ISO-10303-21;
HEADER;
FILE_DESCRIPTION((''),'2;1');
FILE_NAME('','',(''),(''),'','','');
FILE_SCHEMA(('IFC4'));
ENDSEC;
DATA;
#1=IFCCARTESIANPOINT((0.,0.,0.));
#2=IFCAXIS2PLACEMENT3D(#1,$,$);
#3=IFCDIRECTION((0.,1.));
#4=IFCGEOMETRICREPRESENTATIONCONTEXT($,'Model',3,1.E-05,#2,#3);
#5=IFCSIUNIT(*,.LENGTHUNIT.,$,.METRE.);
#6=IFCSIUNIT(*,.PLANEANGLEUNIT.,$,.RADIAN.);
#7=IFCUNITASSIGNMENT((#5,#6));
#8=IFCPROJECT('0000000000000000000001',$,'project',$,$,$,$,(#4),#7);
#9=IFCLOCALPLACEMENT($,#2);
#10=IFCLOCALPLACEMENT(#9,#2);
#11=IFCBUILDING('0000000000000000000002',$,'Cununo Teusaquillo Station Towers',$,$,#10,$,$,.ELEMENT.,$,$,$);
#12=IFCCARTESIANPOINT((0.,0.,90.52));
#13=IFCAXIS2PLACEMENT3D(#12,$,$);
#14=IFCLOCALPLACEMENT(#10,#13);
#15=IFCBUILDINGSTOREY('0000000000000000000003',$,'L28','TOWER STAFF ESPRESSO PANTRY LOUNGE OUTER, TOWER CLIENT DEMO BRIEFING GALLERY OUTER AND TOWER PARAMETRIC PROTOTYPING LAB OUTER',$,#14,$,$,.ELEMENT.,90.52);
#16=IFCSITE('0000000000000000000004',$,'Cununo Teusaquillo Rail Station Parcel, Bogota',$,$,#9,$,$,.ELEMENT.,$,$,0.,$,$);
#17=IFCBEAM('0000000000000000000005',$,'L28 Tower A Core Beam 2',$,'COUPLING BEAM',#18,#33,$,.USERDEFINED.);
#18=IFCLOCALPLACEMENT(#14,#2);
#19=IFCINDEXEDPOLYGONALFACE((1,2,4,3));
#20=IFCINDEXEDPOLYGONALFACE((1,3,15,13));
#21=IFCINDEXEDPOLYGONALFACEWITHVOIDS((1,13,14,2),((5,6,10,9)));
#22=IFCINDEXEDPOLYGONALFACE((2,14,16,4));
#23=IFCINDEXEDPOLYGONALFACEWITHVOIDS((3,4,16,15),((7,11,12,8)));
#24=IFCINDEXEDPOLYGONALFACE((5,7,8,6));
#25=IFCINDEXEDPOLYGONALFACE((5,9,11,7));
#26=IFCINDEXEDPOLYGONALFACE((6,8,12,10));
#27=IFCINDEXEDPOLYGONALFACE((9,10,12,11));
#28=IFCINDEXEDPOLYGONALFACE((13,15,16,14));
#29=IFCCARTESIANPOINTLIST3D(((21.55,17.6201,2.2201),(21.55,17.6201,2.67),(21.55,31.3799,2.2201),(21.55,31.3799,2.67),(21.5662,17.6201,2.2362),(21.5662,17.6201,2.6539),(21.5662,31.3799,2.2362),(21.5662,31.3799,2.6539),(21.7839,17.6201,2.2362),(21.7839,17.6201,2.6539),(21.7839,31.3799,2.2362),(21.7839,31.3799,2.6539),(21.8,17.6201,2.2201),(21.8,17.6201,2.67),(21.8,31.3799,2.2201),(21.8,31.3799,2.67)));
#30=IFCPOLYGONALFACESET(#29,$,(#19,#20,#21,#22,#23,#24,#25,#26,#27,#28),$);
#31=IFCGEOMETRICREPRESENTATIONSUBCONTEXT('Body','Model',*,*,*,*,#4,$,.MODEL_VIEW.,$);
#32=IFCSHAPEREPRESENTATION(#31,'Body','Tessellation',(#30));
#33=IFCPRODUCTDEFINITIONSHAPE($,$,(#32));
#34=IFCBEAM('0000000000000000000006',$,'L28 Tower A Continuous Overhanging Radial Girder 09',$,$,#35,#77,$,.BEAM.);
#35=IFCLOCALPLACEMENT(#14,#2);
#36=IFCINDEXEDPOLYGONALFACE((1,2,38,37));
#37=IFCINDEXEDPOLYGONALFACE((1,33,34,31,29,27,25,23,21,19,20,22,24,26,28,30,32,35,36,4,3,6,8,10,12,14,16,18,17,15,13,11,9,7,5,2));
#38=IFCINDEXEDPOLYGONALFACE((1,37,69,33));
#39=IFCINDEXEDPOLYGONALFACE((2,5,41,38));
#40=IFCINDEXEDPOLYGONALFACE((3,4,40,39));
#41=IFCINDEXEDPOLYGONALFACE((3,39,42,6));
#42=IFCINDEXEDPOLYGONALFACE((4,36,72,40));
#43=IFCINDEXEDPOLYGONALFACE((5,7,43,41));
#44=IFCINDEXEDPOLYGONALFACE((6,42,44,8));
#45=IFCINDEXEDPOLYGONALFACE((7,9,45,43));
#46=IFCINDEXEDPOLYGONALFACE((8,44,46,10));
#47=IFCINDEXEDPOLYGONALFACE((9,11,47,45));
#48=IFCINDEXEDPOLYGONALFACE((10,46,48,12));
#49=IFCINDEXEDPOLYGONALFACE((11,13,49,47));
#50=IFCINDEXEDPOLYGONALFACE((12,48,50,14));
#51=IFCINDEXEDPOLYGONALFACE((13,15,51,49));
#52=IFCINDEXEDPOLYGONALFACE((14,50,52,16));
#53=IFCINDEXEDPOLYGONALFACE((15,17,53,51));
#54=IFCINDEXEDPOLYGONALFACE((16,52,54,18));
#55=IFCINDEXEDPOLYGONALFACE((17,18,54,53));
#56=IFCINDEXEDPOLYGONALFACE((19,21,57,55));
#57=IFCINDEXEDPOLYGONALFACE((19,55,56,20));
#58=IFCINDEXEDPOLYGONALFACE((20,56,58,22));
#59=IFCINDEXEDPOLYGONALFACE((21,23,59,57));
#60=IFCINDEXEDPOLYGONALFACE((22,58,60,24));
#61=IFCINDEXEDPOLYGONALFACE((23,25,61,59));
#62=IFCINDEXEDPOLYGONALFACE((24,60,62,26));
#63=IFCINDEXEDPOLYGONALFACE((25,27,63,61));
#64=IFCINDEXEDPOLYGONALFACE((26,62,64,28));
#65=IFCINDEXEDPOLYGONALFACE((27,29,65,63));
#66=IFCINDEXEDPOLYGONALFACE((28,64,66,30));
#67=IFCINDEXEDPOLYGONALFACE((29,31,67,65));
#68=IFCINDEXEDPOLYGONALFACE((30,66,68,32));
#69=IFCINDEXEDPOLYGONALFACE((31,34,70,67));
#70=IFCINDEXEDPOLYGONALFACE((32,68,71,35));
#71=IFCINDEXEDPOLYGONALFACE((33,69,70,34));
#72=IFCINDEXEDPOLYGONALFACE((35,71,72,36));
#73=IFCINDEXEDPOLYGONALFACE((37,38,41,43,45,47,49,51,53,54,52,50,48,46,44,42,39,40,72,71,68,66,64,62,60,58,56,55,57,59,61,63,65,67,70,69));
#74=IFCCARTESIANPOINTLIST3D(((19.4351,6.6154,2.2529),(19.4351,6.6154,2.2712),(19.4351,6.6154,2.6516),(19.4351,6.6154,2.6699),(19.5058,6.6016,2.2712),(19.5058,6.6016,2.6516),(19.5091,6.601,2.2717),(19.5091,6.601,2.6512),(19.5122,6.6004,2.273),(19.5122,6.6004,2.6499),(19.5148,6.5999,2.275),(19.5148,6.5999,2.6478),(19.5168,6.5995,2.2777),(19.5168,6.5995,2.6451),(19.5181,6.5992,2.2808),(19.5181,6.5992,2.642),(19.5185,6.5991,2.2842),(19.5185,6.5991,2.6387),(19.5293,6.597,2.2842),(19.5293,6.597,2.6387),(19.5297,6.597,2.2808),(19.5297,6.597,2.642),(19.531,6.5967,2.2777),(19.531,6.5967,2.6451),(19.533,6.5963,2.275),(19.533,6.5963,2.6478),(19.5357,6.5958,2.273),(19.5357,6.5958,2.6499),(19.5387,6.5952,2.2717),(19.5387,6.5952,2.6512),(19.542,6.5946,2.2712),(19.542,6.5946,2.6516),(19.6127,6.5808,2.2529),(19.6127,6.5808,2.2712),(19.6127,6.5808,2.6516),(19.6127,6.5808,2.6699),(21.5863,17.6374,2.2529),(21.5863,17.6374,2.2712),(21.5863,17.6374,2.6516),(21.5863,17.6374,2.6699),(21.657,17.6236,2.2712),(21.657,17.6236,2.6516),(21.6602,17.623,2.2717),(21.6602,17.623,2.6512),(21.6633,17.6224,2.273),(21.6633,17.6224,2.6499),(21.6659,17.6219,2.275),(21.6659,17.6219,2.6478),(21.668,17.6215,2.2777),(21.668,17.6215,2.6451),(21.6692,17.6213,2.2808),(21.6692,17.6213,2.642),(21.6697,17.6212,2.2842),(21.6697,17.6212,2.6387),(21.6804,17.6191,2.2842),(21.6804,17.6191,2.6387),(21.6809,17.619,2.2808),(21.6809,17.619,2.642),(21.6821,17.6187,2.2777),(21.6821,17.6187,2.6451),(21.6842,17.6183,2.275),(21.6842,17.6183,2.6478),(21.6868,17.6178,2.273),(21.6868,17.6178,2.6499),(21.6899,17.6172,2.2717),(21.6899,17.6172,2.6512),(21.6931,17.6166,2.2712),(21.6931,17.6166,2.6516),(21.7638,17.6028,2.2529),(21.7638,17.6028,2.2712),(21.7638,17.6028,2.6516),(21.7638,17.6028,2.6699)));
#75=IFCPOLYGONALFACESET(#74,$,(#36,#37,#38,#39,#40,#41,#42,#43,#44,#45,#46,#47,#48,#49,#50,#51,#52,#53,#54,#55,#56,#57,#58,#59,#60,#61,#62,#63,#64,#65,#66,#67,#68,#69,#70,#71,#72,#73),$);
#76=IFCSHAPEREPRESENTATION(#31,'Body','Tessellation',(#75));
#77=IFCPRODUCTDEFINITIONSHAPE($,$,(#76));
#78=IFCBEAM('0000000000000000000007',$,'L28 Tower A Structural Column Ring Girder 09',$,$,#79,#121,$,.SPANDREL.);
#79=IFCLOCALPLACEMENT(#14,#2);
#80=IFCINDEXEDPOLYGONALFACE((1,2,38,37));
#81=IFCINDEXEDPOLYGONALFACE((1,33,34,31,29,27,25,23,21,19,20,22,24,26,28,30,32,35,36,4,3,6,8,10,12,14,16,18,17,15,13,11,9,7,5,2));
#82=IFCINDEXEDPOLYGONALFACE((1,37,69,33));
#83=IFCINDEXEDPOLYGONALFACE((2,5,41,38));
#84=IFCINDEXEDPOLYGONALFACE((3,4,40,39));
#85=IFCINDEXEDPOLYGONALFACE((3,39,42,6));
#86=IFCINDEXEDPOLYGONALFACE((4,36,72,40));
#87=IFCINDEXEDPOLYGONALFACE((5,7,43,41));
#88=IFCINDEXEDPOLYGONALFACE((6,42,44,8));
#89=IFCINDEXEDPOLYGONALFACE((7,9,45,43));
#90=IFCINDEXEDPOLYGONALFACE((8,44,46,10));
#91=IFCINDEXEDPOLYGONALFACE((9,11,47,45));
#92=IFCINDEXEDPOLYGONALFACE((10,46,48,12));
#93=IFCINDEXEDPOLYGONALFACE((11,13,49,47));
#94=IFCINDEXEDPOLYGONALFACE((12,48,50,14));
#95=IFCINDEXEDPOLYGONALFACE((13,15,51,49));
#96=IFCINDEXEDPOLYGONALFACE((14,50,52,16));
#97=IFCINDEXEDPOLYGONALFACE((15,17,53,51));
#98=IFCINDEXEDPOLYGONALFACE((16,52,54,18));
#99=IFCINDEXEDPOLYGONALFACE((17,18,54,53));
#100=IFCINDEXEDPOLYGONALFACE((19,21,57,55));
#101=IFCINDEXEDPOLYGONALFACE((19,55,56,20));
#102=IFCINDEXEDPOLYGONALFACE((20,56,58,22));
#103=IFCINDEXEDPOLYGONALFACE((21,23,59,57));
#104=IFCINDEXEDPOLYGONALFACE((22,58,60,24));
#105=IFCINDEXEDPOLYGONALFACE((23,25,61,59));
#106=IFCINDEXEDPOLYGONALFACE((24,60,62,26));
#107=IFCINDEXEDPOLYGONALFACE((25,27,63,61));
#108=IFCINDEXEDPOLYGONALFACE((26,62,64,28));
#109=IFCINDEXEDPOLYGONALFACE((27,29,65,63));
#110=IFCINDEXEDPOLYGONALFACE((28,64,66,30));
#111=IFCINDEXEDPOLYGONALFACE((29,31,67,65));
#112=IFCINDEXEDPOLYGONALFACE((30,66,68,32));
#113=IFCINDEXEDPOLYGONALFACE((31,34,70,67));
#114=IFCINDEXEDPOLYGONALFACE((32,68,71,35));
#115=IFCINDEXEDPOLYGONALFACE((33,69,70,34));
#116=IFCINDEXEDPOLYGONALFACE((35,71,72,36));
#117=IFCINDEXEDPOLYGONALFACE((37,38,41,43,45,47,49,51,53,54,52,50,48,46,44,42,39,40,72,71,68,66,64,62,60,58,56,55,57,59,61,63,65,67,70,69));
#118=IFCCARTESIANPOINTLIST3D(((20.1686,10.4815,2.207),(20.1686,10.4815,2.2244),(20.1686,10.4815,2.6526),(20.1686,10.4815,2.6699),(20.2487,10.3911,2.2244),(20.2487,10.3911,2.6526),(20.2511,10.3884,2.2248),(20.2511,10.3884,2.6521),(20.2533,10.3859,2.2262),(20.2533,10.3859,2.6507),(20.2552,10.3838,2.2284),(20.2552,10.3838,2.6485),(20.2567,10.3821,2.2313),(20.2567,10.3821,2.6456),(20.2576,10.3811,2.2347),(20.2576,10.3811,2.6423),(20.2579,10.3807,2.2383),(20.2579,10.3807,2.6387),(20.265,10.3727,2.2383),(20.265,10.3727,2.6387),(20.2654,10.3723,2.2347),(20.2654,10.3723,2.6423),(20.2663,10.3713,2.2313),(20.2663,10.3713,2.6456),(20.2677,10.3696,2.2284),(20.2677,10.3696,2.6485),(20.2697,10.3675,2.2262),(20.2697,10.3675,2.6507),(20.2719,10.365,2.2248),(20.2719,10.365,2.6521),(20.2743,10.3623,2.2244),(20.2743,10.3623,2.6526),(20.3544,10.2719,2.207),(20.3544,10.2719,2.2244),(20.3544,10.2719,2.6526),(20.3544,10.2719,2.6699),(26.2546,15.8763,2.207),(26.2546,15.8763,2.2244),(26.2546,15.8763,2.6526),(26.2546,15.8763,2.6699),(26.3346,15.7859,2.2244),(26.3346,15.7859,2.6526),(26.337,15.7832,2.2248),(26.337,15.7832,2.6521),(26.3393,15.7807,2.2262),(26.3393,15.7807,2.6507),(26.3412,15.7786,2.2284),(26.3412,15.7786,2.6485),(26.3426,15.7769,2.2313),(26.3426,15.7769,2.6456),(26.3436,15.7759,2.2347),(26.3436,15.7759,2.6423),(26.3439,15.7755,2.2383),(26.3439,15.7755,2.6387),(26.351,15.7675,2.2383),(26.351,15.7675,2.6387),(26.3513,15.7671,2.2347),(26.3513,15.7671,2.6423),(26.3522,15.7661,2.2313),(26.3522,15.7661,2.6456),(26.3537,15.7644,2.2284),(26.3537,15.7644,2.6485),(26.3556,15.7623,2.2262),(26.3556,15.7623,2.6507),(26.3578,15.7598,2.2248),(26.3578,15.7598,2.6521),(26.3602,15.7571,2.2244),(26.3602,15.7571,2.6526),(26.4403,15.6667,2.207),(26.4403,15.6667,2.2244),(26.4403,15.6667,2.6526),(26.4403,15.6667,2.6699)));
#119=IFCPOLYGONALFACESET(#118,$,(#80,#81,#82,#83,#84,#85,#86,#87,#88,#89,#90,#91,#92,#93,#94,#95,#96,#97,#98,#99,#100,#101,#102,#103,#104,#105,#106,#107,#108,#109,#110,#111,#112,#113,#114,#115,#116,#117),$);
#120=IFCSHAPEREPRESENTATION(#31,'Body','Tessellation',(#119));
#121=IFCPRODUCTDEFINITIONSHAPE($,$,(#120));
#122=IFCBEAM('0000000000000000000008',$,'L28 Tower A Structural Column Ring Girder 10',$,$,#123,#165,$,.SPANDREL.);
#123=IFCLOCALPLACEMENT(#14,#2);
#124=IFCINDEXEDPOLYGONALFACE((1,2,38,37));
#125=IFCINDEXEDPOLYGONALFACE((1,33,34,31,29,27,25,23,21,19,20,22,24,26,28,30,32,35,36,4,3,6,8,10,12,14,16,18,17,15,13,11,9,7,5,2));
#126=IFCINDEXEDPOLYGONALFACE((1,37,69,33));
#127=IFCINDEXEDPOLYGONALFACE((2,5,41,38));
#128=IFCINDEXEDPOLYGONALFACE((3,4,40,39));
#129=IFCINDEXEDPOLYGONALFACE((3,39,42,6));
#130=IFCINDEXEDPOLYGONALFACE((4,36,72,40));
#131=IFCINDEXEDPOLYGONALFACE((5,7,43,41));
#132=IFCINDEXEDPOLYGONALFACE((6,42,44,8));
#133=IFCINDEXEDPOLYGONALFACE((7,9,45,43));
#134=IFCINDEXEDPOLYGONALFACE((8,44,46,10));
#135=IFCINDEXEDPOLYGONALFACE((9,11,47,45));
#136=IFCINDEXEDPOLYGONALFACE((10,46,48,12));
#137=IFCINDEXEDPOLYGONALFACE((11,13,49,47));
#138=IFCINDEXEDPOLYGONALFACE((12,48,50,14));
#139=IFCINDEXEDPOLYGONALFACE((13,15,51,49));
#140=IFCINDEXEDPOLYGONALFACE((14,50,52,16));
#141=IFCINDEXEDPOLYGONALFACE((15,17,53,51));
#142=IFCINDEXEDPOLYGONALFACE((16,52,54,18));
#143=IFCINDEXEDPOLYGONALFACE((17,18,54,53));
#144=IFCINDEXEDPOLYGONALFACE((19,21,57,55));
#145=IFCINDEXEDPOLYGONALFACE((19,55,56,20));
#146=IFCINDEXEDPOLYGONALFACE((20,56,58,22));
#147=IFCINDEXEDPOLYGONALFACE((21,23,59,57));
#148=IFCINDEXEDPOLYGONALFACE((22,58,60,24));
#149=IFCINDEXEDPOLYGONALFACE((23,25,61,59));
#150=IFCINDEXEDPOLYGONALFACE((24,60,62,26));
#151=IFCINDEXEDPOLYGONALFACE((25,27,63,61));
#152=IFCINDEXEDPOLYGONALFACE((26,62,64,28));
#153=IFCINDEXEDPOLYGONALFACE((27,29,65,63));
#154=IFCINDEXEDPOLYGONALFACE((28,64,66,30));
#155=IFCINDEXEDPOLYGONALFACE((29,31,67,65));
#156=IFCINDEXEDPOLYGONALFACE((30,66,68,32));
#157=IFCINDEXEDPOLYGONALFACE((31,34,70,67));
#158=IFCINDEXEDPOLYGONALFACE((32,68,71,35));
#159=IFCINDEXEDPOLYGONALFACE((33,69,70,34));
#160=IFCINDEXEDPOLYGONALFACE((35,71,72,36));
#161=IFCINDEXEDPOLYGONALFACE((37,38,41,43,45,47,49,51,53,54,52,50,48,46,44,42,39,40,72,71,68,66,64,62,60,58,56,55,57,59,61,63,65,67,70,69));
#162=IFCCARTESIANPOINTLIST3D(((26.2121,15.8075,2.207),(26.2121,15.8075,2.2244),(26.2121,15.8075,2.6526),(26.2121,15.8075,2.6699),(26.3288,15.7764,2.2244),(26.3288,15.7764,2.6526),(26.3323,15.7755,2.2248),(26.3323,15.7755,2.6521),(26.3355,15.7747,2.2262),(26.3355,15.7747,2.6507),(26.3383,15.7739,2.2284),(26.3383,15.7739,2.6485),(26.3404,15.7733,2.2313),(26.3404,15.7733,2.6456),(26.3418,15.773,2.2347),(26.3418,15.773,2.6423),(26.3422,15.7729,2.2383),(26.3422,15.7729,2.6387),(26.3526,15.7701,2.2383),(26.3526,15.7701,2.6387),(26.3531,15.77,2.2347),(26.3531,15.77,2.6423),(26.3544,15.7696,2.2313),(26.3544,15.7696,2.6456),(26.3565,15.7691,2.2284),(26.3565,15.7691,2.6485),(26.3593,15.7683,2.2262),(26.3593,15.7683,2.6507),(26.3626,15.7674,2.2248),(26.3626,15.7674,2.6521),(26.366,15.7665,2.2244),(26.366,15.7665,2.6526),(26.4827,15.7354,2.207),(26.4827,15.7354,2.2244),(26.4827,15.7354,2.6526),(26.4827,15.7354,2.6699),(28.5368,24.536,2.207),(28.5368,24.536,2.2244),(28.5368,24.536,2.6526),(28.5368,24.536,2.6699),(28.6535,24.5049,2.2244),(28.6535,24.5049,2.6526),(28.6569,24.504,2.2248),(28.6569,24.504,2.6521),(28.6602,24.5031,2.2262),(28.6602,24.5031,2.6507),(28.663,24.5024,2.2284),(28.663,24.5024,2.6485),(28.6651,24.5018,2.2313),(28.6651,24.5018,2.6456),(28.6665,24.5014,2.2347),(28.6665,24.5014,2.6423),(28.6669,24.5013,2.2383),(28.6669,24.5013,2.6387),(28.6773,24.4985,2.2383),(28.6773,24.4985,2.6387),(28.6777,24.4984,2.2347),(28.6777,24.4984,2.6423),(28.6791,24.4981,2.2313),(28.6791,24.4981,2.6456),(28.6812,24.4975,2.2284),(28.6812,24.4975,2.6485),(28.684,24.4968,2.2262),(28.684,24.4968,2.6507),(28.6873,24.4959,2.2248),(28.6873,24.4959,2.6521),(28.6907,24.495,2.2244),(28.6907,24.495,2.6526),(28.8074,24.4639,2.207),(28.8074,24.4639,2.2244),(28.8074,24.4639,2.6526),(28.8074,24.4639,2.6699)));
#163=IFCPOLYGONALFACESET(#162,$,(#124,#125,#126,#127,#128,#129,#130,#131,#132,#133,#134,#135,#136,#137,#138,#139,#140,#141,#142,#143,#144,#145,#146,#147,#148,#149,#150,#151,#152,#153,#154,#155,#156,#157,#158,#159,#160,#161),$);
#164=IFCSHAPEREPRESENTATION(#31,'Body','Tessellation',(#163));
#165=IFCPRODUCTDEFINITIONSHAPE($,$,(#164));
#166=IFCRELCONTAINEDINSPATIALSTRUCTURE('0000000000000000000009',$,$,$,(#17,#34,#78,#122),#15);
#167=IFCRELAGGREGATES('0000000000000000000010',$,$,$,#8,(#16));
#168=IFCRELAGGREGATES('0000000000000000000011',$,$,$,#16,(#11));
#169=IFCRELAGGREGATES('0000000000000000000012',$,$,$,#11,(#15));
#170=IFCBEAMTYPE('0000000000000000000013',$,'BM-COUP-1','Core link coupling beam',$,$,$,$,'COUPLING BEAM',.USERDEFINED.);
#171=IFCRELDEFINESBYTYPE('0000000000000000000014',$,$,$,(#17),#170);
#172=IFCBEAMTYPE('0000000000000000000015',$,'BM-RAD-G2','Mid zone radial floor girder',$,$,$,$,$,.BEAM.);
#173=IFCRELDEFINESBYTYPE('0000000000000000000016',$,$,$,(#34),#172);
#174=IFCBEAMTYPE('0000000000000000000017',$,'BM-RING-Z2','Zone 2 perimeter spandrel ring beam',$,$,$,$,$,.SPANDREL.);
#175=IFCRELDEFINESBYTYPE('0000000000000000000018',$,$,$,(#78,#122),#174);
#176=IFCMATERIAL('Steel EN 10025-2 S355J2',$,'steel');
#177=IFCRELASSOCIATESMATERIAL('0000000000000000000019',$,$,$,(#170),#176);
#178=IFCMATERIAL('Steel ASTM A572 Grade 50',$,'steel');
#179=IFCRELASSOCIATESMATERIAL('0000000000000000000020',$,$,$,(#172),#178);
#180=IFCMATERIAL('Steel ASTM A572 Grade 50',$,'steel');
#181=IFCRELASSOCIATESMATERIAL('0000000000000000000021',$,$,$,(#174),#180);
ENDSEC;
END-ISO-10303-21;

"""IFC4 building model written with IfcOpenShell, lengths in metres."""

from ifc_helpers import new_model, si_unit, direction, frame, origin, origin_2d, place, context, subcontext, project, spatial, hollow_rectangle, i_section, extrude, material, material_profile, profile_set, type_object, element, save


model = new_model("IFC4")

# Units and contexts
model_context = context("Model", 3, precision=1e-05, world=origin(), true_north=direction((0.0, 1.0)))
body_context = subcontext(model_context, "Body", "Model", "MODEL_VIEW")
ifc_project = project(units=[si_unit("LENGTHUNIT", "METRE"), si_unit("PLANEANGLEUNIT", "RADIAN")], contexts=[model_context])

# Site, building, storey
site_placement = place(None, origin())
site = spatial("IfcSite", under=ifc_project, at=site_placement, Name="Cununo Teusaquillo Rail Station Parcel, Bogota", CompositionType="ELEMENT", RefElevation=0.0)
building_placement = place(site_placement, origin())
building = spatial("IfcBuilding", under=site, at=building_placement, Name="Cununo Teusaquillo Station Towers", CompositionType="ELEMENT")
storey_placement = place(building_placement, frame((0.0, 0.0, 90.52)))
storey = spatial("IfcBuildingStorey", under=building, at=storey_placement, Name="L28", Description="TOWER STAFF ESPRESSO PANTRY LOUNGE OUTER, TOWER CLIENT DEMO BRIEFING GALLERY OUTER AND TOWER PARAMETRIC PROTOTYPING LAB OUTER", CompositionType="ELEMENT", Elevation=90.52)

# Beams
ifc_material_1 = material(Name="Steel EN 10025-2 S355J2", Category="steel")
ifc_material_profile_1 = material_profile(ifc_material_1, hollow_rectangle(XDim=0.25, YDim=0.45, WallThickness=0.0161, at=origin_2d()), Name="RHS 450x250x16")
ifc_profile_set_1 = profile_set([ifc_material_profile_1], Name="Steel EN 10025-2 S355J2")
beam_type_1 = type_object("IfcBeamType", Name="BM-COUP-1", Description="Core link coupling beam", ElementType="COUPLING BEAM", PredefinedType="USERDEFINED", material=ifc_profile_set_1)
beam_1_placement = place(storey_placement, frame((21.675, 17.6201, 2.4451), z_axis=(0.0, 1.0, 0.0), x_axis=(-1.0, 0.0, 0.0)))
element("IfcBeam", 1, at=beam_1_placement, inside=storey, type_object=beam_type_1, Name="L28 Tower A Core Beam 2", ObjectType="COUPLING BEAM", PredefinedType="USERDEFINED", context=body_context, shape_type="SweptSolid", body=[
    extrude(hollow_rectangle(XDim=0.25, YDim=0.45, WallThickness=0.0161, at=origin_2d()), origin(), (0.0, 0.0, 1.0), 13.7598),
])
ifc_material_2 = material(Name="Steel ASTM A572 Grade 50", Category="steel")
ifc_material_profile_2 = material_profile(ifc_material_2, i_section(OverallWidth=0.1809, OverallDepth=0.417, WebThickness=0.011, FlangeThickness=0.0183, FilletRadius=0.0129, at=origin_2d()), Name="W16X57")
ifc_profile_set_2 = profile_set([ifc_material_profile_2], Name="Steel ASTM A572 Grade 50")
beam_type_2 = type_object("IfcBeamType", Name="BM-RAD-G2", Description="Mid zone radial floor girder", PredefinedType="BEAM", material=ifc_profile_set_2)
beam_2_placement = place(storey_placement, frame((21.675, 17.6201, 2.4614), z_axis=(-0.191553, -0.981482, 0.0), x_axis=(0.981482, -0.191553, 0.0)))
element("IfcBeam", 2, at=beam_2_placement, inside=storey, type_object=beam_type_2, Name="L28 Tower A Continuous Overhanging Radial Girder 09", PredefinedType="BEAM", context=body_context, shape_type="SweptSolid", body=[
    extrude(i_section(OverallWidth=0.1809, OverallDepth=0.417, WebThickness=0.011, FlangeThickness=0.0183, FilletRadius=0.0129, at=origin_2d()), origin(), (0.0, 0.0, 1.0), 11.23),
])
ifc_material_3 = material(Name="Steel ASTM A572 Grade 50", Category="steel")
ifc_material_profile_3 = material_profile(ifc_material_3, i_section(OverallWidth=0.28, OverallDepth=0.4629, WebThickness=0.0107, FlangeThickness=0.0173, FilletRadius=0.0139, at=origin_2d()), Name="W18X76")
ifc_profile_set_3 = profile_set([ifc_material_profile_3], Name="Steel ASTM A572 Grade 50")
beam_type_3 = type_object("IfcBeamType", Name="BM-RING-Z2", Description="Zone 2 perimeter spandrel ring beam", PredefinedType="SPANDREL", material=ifc_profile_set_3)
beam_3_placement = place(storey_placement, frame((20.2615, 10.3767, 2.4385), z_axis=(0.748321, 0.663337, 0.0), x_axis=(-0.663337, 0.748321, 0.0)))
element("IfcBeam", 3, at=beam_3_placement, inside=storey, type_object=beam_type_3, Name="L28 Tower A Structural Column Ring Girder 09", PredefinedType="SPANDREL", context=body_context, shape_type="SweptSolid", body=[
    extrude(i_section(OverallWidth=0.28, OverallDepth=0.4629, WebThickness=0.0107, FlangeThickness=0.0173, FilletRadius=0.0139, at=origin_2d()), origin(), (0.0, 0.0, 1.0), 8.1328),
])
beam_4_placement = place(storey_placement, frame((26.3474, 15.7715, 2.4385), z_axis=(0.257363, 0.966315, 0.0), x_axis=(-0.966315, 0.257363, 0.0)))
element("IfcBeam", 4, at=beam_4_placement, inside=storey, type_object=beam_type_3, Name="L28 Tower A Structural Column Ring Girder 10", PredefinedType="SPANDREL", context=body_context, shape_type="SweptSolid", body=[
    extrude(i_section(OverallWidth=0.28, OverallDepth=0.4629, WebThickness=0.0107, FlangeThickness=0.0173, FilletRadius=0.0139, at=origin_2d()), origin(), (0.0, 0.0, 1.0), 9.0327),
])

save(model, "model.ifc")
